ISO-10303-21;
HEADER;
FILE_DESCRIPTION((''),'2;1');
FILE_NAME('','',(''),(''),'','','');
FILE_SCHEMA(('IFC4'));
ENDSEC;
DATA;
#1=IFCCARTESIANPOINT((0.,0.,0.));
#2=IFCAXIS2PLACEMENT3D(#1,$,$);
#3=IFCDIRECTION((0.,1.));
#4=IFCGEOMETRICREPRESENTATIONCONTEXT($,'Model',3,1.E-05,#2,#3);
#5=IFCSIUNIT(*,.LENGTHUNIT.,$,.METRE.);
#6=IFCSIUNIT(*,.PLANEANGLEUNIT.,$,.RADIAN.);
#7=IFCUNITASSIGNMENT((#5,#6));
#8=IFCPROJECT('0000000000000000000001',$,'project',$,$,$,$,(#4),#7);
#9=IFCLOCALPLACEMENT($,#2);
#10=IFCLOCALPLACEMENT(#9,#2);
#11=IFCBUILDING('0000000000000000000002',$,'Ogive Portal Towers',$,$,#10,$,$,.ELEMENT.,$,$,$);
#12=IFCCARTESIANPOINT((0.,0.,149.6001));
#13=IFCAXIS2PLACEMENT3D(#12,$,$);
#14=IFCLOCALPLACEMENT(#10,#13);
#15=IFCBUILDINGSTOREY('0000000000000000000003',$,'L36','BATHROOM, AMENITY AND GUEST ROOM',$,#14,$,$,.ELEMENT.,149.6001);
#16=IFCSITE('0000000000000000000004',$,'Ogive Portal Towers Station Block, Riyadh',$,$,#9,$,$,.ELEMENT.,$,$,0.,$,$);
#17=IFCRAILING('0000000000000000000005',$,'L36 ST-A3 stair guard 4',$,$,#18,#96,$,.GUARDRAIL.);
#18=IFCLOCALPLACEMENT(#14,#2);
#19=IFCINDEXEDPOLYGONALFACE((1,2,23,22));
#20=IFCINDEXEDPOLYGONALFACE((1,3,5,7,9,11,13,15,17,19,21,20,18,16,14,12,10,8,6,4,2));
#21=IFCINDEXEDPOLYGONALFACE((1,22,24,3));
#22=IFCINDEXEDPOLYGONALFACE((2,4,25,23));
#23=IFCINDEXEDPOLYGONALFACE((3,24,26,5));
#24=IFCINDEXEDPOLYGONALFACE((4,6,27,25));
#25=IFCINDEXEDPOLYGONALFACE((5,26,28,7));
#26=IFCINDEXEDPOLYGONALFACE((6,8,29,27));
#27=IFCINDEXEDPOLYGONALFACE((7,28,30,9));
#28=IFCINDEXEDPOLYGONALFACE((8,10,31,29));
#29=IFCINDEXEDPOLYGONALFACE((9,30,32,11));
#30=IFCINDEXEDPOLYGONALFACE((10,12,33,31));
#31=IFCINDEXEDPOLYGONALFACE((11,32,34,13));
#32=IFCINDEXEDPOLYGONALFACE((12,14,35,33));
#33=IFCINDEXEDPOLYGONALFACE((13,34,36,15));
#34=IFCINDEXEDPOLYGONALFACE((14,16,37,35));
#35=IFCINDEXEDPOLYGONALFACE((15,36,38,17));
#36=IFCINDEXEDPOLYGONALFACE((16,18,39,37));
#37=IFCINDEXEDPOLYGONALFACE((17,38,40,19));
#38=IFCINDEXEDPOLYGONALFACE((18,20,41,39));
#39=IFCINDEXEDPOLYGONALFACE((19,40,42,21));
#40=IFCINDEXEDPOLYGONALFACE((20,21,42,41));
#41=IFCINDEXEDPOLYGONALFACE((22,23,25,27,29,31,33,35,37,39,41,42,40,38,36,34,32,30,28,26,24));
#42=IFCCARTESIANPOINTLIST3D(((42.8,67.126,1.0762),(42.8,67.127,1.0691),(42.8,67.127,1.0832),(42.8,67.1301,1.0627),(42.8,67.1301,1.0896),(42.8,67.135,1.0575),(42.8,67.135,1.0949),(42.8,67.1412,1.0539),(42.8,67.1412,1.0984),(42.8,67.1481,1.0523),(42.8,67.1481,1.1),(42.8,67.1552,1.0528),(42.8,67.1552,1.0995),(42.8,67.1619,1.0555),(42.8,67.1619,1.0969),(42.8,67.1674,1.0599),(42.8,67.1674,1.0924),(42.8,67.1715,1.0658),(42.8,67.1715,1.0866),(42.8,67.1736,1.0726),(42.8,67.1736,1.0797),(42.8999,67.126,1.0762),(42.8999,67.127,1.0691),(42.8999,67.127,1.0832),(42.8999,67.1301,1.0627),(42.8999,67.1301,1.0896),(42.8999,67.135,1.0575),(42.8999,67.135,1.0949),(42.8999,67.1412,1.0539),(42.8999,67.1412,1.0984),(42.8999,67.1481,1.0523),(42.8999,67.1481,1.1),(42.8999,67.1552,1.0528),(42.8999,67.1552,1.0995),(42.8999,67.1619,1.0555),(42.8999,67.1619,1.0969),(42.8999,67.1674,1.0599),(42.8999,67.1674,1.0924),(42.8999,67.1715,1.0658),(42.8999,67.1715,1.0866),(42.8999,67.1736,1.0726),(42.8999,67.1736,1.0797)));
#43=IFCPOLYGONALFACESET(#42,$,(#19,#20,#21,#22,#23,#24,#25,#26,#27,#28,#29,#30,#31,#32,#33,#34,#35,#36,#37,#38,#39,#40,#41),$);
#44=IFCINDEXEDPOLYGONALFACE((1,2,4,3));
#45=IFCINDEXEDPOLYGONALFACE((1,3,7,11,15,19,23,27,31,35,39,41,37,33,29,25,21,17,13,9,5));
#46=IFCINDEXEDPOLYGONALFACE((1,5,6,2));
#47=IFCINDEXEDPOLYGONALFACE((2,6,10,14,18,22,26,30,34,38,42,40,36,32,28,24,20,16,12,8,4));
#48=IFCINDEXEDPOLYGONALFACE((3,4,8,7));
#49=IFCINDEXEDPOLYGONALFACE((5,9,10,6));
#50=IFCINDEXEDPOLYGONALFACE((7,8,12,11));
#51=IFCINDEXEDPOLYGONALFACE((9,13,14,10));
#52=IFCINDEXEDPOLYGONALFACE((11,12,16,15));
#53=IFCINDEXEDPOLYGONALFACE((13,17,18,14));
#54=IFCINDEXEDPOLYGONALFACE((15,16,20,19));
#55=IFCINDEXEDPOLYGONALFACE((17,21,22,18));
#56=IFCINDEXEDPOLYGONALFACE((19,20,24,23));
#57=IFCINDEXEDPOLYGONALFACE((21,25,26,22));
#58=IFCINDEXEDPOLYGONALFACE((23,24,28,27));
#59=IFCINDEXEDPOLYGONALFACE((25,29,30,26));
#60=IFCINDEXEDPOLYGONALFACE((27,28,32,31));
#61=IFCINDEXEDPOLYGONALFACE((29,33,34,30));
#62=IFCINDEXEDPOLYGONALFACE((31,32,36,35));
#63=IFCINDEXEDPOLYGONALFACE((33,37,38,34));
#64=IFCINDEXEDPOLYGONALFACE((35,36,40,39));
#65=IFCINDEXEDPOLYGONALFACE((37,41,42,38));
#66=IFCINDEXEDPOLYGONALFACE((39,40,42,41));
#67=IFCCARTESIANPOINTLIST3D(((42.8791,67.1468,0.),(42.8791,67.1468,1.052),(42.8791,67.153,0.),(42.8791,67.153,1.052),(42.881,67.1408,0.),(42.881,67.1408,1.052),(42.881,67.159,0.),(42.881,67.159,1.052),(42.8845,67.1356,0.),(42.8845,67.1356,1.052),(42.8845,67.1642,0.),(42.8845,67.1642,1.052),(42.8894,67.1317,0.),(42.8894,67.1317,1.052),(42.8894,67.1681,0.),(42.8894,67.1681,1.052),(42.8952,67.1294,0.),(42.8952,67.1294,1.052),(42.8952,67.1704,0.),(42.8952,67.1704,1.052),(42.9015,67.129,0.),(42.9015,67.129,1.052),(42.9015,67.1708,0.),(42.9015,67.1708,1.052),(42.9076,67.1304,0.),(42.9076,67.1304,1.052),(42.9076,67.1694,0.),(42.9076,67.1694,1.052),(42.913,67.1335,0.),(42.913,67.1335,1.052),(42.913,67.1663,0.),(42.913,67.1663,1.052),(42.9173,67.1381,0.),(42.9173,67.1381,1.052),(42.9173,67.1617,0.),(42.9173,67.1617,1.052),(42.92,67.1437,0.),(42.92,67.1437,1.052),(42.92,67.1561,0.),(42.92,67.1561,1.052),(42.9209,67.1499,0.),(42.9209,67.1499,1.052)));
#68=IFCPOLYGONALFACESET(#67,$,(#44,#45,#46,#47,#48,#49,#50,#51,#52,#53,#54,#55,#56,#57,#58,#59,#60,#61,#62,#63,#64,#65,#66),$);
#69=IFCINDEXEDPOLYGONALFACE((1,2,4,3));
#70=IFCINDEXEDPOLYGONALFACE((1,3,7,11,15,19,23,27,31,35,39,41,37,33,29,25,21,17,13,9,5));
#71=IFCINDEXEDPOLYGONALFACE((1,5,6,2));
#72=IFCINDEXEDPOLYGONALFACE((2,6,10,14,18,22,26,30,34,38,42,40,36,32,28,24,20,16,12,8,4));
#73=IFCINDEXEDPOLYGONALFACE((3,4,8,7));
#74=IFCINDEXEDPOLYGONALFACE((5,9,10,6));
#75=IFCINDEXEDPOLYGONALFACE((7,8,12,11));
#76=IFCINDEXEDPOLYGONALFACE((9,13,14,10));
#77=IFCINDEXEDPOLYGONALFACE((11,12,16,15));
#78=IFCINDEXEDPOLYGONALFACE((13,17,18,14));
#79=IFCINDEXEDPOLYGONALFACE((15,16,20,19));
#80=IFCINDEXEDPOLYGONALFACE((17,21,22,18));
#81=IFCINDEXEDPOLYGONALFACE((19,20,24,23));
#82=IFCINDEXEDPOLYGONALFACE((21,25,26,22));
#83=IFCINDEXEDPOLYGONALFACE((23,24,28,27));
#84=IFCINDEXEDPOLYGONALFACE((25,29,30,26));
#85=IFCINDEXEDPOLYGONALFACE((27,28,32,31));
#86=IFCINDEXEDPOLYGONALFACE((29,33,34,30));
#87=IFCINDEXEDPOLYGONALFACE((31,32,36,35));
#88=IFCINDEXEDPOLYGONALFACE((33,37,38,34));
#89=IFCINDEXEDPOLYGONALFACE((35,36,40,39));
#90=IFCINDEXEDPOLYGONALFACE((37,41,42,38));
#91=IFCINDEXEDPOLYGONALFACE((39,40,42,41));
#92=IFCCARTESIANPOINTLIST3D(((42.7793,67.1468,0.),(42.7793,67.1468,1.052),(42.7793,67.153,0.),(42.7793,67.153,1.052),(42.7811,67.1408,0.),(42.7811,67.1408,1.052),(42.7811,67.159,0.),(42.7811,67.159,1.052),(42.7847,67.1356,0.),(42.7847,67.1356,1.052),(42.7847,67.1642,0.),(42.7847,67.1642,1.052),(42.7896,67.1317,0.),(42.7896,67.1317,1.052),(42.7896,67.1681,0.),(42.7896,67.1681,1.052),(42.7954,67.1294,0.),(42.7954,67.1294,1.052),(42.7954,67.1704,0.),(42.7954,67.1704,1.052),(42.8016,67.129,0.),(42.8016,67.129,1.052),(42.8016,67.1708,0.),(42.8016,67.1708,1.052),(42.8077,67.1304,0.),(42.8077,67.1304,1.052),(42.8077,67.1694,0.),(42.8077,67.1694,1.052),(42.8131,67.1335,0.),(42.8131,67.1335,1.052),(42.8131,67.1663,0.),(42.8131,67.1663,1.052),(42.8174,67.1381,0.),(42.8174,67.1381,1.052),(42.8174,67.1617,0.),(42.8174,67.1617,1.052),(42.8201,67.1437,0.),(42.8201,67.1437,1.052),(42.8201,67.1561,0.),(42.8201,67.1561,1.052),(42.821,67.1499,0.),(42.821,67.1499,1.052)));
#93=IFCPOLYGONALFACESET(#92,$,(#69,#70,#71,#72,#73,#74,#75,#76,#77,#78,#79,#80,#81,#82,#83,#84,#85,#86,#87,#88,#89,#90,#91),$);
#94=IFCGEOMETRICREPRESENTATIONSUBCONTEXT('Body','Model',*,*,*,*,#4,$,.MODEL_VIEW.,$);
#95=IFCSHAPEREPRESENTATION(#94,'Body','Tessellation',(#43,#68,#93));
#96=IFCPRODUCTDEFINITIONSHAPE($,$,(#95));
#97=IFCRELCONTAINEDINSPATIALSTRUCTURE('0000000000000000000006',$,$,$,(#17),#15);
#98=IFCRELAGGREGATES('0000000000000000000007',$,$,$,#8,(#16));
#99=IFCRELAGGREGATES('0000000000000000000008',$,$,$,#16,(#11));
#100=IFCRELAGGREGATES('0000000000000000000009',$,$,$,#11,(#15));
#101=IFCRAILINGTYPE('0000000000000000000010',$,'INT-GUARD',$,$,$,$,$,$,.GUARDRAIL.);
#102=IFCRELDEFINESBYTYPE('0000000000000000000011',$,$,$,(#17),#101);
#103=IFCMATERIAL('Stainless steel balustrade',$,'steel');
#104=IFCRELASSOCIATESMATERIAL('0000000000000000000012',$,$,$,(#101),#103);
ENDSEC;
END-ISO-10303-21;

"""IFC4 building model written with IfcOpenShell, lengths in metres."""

from ifc_helpers import new_model, si_unit, direction, frame, origin, origin_2d, place, context, subcontext, project, spatial, circle, extrude, material, type_object, element, save


model = new_model("IFC4")

# Units and contexts
model_context = context("Model", 3, precision=1e-05, world=origin(), true_north=direction((0.0, 1.0)))
body_context = subcontext(model_context, "Body", "Model", "MODEL_VIEW")
ifc_project = project(units=[si_unit("LENGTHUNIT", "METRE"), si_unit("PLANEANGLEUNIT", "RADIAN")], contexts=[model_context])

# Site, building, storey
site_placement = place(None, origin())
site = spatial("IfcSite", under=ifc_project, at=site_placement, Name="Ogive Portal Towers Station Block, Riyadh", CompositionType="ELEMENT", RefElevation=0.0)
building_placement = place(site_placement, origin())
building = spatial("IfcBuilding", under=site, at=building_placement, Name="Ogive Portal Towers", CompositionType="ELEMENT")
storey_placement = place(building_placement, frame((0.0, 0.0, 149.6001)))
storey = spatial("IfcBuildingStorey", under=building, at=storey_placement, Name="L36", Description="BATHROOM, AMENITY AND GUEST ROOM", CompositionType="ELEMENT", Elevation=149.6001)

# Railing
ifc_material_1 = material(Name="Stainless steel balustrade", Category="steel")
railing_type_1 = type_object("IfcRailingType", Name="INT-GUARD", PredefinedType="GUARDRAIL", material=ifc_material_1)
railing_1_placement = place(storey_placement, frame((42.8999, 67.1499, 0.0)))
element("IfcRailing", 1, at=railing_1_placement, inside=storey, type_object=railing_type_1, Name="L36 ST-A3 stair guard 4", PredefinedType="GUARDRAIL", context=body_context, shape_type="SweptSolid", body=[
    extrude(circle(Radius=0.0239, at=origin_2d()), frame((0.0, 0.0, 1.0762), z_axis=(-1.0, 0.0, 0.0), x_axis=(0.0, -1.0, 0.0)), (0.0, 0.0, 1.0), 0.0999),
    extrude(circle(Radius=0.021, at=origin_2d()), origin(), (0.0, 0.0, 1.0), 1.052),
    extrude(circle(Radius=0.021, at=origin_2d()), frame((-0.0999, 0.0, 0.0)), (0.0, 0.0, 1.0), 1.052),
])

save(model, "model.ifc")
